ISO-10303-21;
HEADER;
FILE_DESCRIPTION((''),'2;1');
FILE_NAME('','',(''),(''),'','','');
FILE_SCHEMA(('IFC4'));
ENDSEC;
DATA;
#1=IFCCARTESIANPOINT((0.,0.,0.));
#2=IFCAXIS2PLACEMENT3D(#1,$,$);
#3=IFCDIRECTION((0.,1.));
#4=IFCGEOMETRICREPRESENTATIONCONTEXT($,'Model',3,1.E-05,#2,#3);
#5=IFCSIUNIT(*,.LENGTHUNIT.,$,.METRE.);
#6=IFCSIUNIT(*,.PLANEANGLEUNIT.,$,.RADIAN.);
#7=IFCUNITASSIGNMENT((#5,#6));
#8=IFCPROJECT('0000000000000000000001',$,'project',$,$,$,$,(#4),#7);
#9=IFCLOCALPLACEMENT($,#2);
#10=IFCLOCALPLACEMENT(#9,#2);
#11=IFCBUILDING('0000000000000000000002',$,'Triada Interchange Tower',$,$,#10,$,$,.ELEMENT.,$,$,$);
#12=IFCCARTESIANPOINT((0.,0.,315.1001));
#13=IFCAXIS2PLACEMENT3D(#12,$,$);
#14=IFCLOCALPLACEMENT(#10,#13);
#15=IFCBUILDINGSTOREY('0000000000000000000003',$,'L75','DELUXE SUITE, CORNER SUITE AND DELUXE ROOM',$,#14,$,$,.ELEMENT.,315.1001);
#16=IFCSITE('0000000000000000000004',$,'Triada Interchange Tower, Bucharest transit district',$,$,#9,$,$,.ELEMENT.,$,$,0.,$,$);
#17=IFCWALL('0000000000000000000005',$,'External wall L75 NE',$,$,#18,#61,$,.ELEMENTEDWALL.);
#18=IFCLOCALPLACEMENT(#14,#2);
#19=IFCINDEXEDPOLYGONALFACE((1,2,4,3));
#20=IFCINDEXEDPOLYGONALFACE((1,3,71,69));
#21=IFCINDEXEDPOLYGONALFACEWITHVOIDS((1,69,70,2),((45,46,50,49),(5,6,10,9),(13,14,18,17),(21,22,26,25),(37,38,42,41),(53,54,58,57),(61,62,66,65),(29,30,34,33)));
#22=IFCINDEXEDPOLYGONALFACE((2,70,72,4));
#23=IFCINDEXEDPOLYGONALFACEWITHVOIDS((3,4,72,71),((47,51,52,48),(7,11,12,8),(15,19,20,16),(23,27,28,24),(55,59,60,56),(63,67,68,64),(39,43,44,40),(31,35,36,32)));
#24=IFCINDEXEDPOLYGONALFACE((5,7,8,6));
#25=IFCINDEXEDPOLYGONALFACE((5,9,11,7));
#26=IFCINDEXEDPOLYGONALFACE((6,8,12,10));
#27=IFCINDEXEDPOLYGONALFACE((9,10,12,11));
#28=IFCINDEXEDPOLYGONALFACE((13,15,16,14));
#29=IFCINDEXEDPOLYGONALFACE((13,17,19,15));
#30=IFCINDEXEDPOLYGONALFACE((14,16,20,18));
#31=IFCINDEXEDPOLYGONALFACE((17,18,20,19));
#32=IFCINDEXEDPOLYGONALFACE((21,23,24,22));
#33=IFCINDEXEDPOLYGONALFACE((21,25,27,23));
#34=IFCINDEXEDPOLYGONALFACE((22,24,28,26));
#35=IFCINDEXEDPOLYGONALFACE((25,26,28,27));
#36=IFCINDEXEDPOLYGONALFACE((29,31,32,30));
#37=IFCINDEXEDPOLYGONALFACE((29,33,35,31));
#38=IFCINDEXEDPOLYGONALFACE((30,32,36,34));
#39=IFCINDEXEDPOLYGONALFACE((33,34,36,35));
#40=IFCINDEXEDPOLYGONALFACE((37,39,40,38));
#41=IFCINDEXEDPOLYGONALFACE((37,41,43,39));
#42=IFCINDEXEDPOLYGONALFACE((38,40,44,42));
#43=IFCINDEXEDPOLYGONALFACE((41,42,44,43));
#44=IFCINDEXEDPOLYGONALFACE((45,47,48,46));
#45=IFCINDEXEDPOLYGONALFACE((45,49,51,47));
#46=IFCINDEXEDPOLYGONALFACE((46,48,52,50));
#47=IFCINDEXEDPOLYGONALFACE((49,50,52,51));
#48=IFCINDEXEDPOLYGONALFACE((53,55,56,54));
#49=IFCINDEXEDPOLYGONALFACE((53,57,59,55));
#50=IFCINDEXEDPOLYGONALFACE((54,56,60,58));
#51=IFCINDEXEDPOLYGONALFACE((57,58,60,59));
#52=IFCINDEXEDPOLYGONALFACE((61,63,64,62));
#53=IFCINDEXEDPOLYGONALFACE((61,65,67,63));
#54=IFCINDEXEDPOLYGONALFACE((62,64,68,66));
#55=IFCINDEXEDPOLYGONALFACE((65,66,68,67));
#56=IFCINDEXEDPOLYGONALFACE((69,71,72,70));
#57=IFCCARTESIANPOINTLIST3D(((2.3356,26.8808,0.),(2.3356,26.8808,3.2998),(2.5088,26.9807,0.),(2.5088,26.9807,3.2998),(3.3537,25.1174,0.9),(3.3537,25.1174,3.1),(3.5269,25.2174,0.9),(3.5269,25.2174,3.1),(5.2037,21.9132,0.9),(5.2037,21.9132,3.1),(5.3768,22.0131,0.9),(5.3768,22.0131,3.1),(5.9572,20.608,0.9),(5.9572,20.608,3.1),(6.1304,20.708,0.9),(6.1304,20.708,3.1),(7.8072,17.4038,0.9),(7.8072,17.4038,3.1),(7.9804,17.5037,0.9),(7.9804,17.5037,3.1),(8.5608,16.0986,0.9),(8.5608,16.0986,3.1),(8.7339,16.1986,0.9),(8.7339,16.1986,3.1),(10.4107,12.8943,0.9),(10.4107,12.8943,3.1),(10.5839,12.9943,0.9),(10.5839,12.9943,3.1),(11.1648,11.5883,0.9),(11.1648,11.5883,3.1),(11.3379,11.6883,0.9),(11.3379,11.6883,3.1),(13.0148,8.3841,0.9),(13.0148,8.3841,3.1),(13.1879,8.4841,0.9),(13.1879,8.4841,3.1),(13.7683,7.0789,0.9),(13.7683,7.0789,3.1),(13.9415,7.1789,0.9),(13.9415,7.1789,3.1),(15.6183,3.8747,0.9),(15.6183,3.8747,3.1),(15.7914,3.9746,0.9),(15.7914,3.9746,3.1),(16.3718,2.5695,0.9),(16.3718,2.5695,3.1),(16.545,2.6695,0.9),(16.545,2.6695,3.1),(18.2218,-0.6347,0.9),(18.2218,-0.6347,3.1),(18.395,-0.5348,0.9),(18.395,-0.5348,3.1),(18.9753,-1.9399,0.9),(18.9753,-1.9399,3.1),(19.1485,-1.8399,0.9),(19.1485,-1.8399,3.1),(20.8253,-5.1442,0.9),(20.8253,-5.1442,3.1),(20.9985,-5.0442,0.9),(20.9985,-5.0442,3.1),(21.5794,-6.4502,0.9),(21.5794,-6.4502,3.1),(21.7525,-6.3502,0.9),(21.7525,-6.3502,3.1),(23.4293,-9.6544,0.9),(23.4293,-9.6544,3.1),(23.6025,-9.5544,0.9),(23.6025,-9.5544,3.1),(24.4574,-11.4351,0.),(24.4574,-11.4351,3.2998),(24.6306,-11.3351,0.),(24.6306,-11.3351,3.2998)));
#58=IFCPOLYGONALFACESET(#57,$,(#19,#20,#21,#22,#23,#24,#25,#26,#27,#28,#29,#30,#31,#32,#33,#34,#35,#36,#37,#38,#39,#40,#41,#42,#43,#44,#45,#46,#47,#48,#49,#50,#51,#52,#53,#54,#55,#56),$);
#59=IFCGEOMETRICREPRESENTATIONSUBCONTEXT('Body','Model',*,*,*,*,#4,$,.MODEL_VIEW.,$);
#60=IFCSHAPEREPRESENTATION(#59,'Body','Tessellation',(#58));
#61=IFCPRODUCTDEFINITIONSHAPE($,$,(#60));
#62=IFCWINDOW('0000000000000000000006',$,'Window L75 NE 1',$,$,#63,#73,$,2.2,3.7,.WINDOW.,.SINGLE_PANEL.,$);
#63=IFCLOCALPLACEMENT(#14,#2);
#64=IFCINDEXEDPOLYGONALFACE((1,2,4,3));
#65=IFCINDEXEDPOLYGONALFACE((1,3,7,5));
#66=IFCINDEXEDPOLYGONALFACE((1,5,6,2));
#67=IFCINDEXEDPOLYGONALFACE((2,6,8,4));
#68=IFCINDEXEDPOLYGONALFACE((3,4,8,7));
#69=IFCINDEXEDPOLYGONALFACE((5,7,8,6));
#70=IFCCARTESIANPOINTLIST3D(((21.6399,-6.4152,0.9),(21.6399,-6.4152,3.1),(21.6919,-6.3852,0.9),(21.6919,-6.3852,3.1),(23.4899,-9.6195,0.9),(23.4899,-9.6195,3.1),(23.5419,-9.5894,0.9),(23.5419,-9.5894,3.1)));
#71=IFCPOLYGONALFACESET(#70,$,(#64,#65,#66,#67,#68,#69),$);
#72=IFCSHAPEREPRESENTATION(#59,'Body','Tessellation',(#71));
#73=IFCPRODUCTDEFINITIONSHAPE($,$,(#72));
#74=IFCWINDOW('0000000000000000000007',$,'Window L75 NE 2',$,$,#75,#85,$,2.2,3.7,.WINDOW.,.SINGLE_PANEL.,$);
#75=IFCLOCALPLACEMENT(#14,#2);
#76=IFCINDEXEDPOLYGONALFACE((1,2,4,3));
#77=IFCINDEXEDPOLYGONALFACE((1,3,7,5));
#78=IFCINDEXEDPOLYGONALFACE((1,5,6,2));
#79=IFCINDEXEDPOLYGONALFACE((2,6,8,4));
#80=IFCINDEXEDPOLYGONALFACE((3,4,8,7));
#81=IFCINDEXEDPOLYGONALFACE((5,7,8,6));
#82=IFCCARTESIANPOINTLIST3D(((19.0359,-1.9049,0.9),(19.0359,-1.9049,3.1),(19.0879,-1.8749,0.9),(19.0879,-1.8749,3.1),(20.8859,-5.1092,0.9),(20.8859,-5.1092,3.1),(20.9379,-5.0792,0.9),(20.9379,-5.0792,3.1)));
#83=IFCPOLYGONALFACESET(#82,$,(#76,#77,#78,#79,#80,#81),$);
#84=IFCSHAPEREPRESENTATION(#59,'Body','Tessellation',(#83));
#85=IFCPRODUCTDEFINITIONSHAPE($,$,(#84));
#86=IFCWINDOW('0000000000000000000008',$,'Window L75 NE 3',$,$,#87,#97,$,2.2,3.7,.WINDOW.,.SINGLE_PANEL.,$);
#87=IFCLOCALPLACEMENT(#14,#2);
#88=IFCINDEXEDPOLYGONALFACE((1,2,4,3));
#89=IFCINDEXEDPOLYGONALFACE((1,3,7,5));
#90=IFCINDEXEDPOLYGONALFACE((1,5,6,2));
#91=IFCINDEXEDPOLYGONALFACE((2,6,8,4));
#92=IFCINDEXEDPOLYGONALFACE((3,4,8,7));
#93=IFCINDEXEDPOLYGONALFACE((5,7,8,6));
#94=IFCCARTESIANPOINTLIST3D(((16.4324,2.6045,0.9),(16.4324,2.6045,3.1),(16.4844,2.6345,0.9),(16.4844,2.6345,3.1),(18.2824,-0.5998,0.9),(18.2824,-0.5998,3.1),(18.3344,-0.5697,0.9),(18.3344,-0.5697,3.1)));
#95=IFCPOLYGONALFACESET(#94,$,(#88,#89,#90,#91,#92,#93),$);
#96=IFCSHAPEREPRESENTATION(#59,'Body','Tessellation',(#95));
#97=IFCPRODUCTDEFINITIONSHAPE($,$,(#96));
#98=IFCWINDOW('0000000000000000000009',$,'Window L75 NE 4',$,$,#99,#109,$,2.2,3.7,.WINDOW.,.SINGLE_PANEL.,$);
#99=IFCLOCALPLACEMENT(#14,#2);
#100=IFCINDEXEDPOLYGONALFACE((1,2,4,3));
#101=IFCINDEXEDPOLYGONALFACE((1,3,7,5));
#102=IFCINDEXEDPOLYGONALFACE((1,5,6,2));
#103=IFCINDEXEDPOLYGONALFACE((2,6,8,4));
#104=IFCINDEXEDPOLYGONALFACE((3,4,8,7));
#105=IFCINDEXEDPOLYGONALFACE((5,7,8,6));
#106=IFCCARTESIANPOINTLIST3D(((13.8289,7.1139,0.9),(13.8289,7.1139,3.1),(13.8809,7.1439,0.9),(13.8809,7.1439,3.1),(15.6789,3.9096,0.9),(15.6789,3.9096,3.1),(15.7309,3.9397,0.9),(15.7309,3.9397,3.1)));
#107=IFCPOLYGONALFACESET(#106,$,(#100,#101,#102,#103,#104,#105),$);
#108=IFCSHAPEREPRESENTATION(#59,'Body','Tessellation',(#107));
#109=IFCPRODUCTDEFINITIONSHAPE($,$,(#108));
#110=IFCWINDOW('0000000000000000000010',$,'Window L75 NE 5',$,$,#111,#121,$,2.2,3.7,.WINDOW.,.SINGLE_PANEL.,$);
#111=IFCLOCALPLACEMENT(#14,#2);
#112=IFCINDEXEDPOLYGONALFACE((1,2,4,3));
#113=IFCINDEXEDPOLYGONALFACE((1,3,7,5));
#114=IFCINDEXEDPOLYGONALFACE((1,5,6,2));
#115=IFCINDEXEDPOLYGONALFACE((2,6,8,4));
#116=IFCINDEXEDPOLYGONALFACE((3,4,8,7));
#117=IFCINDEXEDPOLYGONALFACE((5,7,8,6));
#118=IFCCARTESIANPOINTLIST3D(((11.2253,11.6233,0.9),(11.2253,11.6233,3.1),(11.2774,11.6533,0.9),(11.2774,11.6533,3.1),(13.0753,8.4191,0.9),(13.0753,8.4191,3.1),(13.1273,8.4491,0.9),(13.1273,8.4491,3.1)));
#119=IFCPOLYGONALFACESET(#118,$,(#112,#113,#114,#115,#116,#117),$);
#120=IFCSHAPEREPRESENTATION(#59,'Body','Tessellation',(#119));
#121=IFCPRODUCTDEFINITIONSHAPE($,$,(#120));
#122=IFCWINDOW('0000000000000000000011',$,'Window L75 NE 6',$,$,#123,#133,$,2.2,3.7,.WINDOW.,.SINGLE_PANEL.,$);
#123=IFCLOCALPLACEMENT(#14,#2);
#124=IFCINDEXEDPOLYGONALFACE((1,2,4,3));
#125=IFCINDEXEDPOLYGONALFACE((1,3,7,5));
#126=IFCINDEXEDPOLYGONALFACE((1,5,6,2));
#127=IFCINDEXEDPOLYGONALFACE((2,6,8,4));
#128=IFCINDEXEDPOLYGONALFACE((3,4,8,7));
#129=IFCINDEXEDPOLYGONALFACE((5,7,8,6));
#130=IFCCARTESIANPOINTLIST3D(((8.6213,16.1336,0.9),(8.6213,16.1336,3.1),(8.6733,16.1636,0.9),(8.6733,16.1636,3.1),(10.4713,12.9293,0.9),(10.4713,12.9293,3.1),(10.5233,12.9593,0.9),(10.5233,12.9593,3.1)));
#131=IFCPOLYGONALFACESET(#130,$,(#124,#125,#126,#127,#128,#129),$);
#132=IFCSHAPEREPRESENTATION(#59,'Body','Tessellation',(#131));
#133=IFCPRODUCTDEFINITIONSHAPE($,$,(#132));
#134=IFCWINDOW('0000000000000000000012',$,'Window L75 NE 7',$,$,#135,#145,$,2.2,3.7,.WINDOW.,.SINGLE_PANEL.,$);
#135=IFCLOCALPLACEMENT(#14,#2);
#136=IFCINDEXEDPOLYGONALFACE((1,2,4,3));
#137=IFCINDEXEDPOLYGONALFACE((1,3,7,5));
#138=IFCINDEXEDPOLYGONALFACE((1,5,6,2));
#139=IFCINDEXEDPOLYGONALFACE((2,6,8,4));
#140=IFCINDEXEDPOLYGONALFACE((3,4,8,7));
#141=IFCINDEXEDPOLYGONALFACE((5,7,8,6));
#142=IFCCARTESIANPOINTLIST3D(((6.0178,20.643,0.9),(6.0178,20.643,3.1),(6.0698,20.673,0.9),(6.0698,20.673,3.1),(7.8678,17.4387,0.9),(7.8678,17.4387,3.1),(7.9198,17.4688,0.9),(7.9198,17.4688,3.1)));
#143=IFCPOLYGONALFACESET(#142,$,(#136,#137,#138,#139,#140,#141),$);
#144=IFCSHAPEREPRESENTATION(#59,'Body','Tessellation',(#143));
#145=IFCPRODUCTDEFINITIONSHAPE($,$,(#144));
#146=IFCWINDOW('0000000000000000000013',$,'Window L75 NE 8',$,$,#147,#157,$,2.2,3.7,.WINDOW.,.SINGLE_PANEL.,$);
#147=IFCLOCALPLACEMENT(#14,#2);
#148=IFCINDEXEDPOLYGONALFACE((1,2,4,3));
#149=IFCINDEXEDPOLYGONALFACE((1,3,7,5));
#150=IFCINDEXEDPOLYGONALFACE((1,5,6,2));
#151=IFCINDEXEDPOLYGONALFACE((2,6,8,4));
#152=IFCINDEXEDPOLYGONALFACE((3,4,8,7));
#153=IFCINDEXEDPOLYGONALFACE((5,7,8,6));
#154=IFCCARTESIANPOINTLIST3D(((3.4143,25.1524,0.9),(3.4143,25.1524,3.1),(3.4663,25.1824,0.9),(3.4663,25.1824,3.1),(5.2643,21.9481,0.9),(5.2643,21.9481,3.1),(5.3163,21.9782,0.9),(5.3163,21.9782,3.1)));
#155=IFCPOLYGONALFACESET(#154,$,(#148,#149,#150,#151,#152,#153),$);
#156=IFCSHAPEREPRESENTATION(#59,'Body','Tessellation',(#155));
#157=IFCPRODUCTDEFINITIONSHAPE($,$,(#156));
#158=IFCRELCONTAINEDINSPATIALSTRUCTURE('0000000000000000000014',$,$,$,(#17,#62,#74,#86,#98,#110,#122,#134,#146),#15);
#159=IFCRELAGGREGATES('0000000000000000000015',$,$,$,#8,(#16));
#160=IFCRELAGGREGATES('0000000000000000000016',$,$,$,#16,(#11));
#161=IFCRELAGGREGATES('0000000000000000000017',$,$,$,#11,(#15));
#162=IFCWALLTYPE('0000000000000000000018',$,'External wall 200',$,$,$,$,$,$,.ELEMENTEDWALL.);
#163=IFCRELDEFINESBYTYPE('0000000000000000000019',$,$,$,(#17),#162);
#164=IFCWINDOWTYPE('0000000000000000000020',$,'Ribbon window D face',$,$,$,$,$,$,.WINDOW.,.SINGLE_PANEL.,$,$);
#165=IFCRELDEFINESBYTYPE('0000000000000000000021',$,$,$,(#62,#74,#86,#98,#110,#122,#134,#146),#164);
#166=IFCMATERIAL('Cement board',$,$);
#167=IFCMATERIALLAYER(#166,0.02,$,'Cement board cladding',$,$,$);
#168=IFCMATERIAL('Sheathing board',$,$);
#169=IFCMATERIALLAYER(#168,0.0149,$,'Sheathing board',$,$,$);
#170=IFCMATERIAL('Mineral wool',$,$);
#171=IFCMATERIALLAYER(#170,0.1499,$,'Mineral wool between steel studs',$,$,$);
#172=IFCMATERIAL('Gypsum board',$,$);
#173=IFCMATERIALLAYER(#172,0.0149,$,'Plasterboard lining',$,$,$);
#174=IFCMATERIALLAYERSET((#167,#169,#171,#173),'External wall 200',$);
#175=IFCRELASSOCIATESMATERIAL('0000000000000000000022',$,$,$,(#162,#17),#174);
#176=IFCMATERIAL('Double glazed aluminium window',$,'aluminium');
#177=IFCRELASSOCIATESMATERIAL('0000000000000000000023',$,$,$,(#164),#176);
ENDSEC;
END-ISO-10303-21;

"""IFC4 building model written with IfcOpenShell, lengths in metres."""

from ifc_helpers import new_model, si_unit, direction, frame, frame_2d, origin, place, context, subcontext, project, spatial, rectangle, extrude, material, layer, layer_set, layer_usage, type_object, element, fill, save


model = new_model("IFC4")

# Units and contexts
model_context = context("Model", 3, precision=1e-05, world=origin(), true_north=direction((0.0, 1.0)))
body_context = subcontext(model_context, "Body", "Model", "MODEL_VIEW")
ifc_project = project(units=[si_unit("LENGTHUNIT", "METRE"), si_unit("PLANEANGLEUNIT", "RADIAN")], contexts=[model_context])

# Site, building, storey
site_placement = place(None, origin())
site = spatial("IfcSite", under=ifc_project, at=site_placement, Name="Triada Interchange Tower, Bucharest transit district", CompositionType="ELEMENT", RefElevation=0.0)
building_placement = place(site_placement, origin())
building = spatial("IfcBuilding", under=site, at=building_placement, Name="Triada Interchange Tower", CompositionType="ELEMENT")
storey_placement = place(building_placement, frame((0.0, 0.0, 315.1001)))
storey = spatial("IfcBuildingStorey", under=building, at=storey_placement, Name="L75", Description="DELUXE SUITE, CORNER SUITE AND DELUXE ROOM", CompositionType="ELEMENT", Elevation=315.1001)

# Shared definitions
ifc_material_1 = material(Name="Cement board")
ifc_layer_1 = layer(ifc_material_1, 0.02, Name="Cement board cladding")
ifc_material_2 = material(Name="Sheathing board")
ifc_layer_2 = layer(ifc_material_2, 0.0149, Name="Sheathing board")
ifc_material_3 = material(Name="Mineral wool")
ifc_layer_3 = layer(ifc_material_3, 0.1499, Name="Mineral wool between steel studs")
ifc_material_4 = material(Name="Gypsum board")
ifc_layer_4 = layer(ifc_material_4, 0.0149, Name="Plasterboard lining")
ifc_layer_set_1 = layer_set([ifc_layer_1, ifc_layer_2, ifc_layer_3, ifc_layer_4], Name="External wall 200")
ifc_layer_usage = layer_usage(ifc_layer_set_1, "AXIS2", "POSITIVE", -0.1001)
wall_type = type_object("IfcWallType", Name="External wall 200", PredefinedType="ELEMENTEDWALL", material=ifc_layer_set_1)
ifc_material_5 = material(Name="Double glazed aluminium window", Category="aluminium")

# Wall, openings, windows
wall_1_placement = place(storey_placement, frame((24.5439, -11.385, 0.0), z_axis=(0.0, 0.0, 1.0), x_axis=(-0.500002, 0.866024, 0.0)))
wall_1 = element("IfcWall", 1, at=wall_1_placement, inside=storey, type_object=wall_type, material=ifc_layer_usage, Name="External wall L75 NE", PredefinedType="ELEMENTEDWALL", context=body_context, shape_type="SweptSolid", body=[
    extrude(rectangle(XDim=44.2434, YDim=0.2, at=frame_2d((22.1216, 0.0))), origin(), (0.0, 0.0, 1.0), 3.2998),
])
opening_1_placement = place(wall_1_placement, frame((2.0559, 0.0, 0.8999)))
opening_1 = element("IfcOpeningElement", 2, at=opening_1_placement, cuts=wall_1, PredefinedType="OPENING", context=body_context, shape_type="SweptSolid", body=[
    extrude(rectangle(XDim=3.7, YDim=2.2, at=frame_2d((1.8501, 1.1001))), frame((0.0, 0.1099, 0.0), z_axis=(0.0, -1.0, 0.0), x_axis=(1.0, 0.0, 0.0)), (0.0, 0.0, 1.0), 0.22),
])
opening_2_placement = place(wall_1_placement, frame((7.2639, 0.0, 0.8999)))
opening_2 = element("IfcOpeningElement", 3, at=opening_2_placement, cuts=wall_1, PredefinedType="OPENING", context=body_context, shape_type="SweptSolid", body=[
    extrude(rectangle(XDim=3.7, YDim=2.2, at=frame_2d((1.8501, 1.1001))), frame((0.0, 0.1099, 0.0), z_axis=(0.0, -1.0, 0.0), x_axis=(1.0, 0.0, 0.0)), (0.0, 0.0, 1.0), 0.22),
])
opening_3_placement = place(wall_1_placement, frame((12.4709, 0.0, 0.8999)))
opening_3 = element("IfcOpeningElement", 4, at=opening_3_placement, cuts=wall_1, PredefinedType="OPENING", context=body_context, shape_type="SweptSolid", body=[
    extrude(rectangle(XDim=3.7, YDim=2.2, at=frame_2d((1.8501, 1.1001))), frame((0.0, 0.1099, 0.0), z_axis=(0.0, -1.0, 0.0), x_axis=(1.0, 0.0, 0.0)), (0.0, 0.0, 1.0), 0.22),
])
opening_4_placement = place(wall_1_placement, frame((17.678, 0.0, 0.8999)))
opening_4 = element("IfcOpeningElement", 5, at=opening_4_placement, cuts=wall_1, PredefinedType="OPENING", context=body_context, shape_type="SweptSolid", body=[
    extrude(rectangle(XDim=3.7, YDim=2.2, at=frame_2d((1.8501, 1.1001))), frame((0.0, 0.1099, 0.0), z_axis=(0.0, -1.0, 0.0), x_axis=(1.0, 0.0, 0.0)), (0.0, 0.0, 1.0), 0.22),
])
opening_5_placement = place(wall_1_placement, frame((22.885, 0.0, 0.8999)))
opening_5 = element("IfcOpeningElement", 6, at=opening_5_placement, cuts=wall_1, PredefinedType="OPENING", context=body_context, shape_type="SweptSolid", body=[
    extrude(rectangle(XDim=3.7, YDim=2.2, at=frame_2d((1.8501, 1.1001))), frame((0.0, 0.1099, 0.0), z_axis=(0.0, -1.0, 0.0), x_axis=(1.0, 0.0, 0.0)), (0.0, 0.0, 1.0), 0.22),
])
opening_6_placement = place(wall_1_placement, frame((28.093, 0.0, 0.8999)))
opening_6 = element("IfcOpeningElement", 7, at=opening_6_placement, cuts=wall_1, PredefinedType="OPENING", context=body_context, shape_type="SweptSolid", body=[
    extrude(rectangle(XDim=3.7, YDim=2.2, at=frame_2d((1.8501, 1.1001))), frame((0.0, 0.1099, 0.0), z_axis=(0.0, -1.0, 0.0), x_axis=(1.0, 0.0, 0.0)), (0.0, 0.0, 1.0), 0.22),
])
opening_7_placement = place(wall_1_placement, frame((33.3, 0.0, 0.8999)))
opening_7 = element("IfcOpeningElement", 8, at=opening_7_placement, cuts=wall_1, PredefinedType="OPENING", context=body_context, shape_type="SweptSolid", body=[
    extrude(rectangle(XDim=3.7, YDim=2.2, at=frame_2d((1.8501, 1.1001))), frame((0.0, 0.1099, 0.0), z_axis=(0.0, -1.0, 0.0), x_axis=(1.0, 0.0, 0.0)), (0.0, 0.0, 1.0), 0.22),
])
opening_8_placement = place(wall_1_placement, frame((38.5071, 0.0, 0.8999)))
opening_8 = element("IfcOpeningElement", 9, at=opening_8_placement, cuts=wall_1, PredefinedType="OPENING", context=body_context, shape_type="SweptSolid", body=[
    extrude(rectangle(XDim=3.7, YDim=2.2, at=frame_2d((1.8501, 1.1001))), frame((0.0, 0.1099, 0.0), z_axis=(0.0, -1.0, 0.0), x_axis=(1.0, 0.0, 0.0)), (0.0, 0.0, 1.0), 0.22),
])
window_type_1 = type_object("IfcWindowType", Name="Ribbon window D face", PartitioningType="SINGLE_PANEL", PredefinedType="WINDOW", material=ifc_material_5)
window_1_placement = place(opening_1_placement, origin())
window_1 = element("IfcWindow", 10, at=window_1_placement, inside=storey, type_object=window_type_1, Name="Window L75 NE 1", OverallHeight=2.2, OverallWidth=3.7, PartitioningType="SINGLE_PANEL", PredefinedType="WINDOW", context=body_context, shape_type="SweptSolid", body=[
    extrude(rectangle(XDim=3.7, YDim=2.2, at=frame_2d((1.8501, 1.1001))), frame((0.0, 0.03, 0.0), z_axis=(0.0, -1.0, 0.0), x_axis=(1.0, 0.0, 0.0)), (0.0, 0.0, 1.0), 0.0601),
])
fill(opening_1, window_1)
window_2_placement = place(opening_2_placement, origin())
window_2 = element("IfcWindow", 11, at=window_2_placement, inside=storey, type_object=window_type_1, Name="Window L75 NE 2", OverallHeight=2.2, OverallWidth=3.7, PartitioningType="SINGLE_PANEL", PredefinedType="WINDOW", context=body_context, shape_type="SweptSolid", body=[
    extrude(rectangle(XDim=3.7, YDim=2.2, at=frame_2d((1.8501, 1.1001))), frame((0.0, 0.03, 0.0), z_axis=(0.0, -1.0, 0.0), x_axis=(1.0, 0.0, 0.0)), (0.0, 0.0, 1.0), 0.0601),
])
fill(opening_2, window_2)
window_3_placement = place(opening_3_placement, origin())
window_3 = element("IfcWindow", 12, at=window_3_placement, inside=storey, type_object=window_type_1, Name="Window L75 NE 3", OverallHeight=2.2, OverallWidth=3.7, PartitioningType="SINGLE_PANEL", PredefinedType="WINDOW", context=body_context, shape_type="SweptSolid", body=[
    extrude(rectangle(XDim=3.7, YDim=2.2, at=frame_2d((1.8501, 1.1001))), frame((0.0, 0.03, 0.0), z_axis=(0.0, -1.0, 0.0), x_axis=(1.0, 0.0, 0.0)), (0.0, 0.0, 1.0), 0.0601),
])
fill(opening_3, window_3)
window_4_placement = place(opening_4_placement, origin())
window_4 = element("IfcWindow", 13, at=window_4_placement, inside=storey, type_object=window_type_1, Name="Window L75 NE 4", OverallHeight=2.2, OverallWidth=3.7, PartitioningType="SINGLE_PANEL", PredefinedType="WINDOW", context=body_context, shape_type="SweptSolid", body=[
    extrude(rectangle(XDim=3.7, YDim=2.2, at=frame_2d((1.8501, 1.1001))), frame((0.0, 0.03, 0.0), z_axis=(0.0, -1.0, 0.0), x_axis=(1.0, 0.0, 0.0)), (0.0, 0.0, 1.0), 0.0601),
])
fill(opening_4, window_4)
window_5_placement = place(opening_5_placement, origin())
window_5 = element("IfcWindow", 14, at=window_5_placement, inside=storey, type_object=window_type_1, Name="Window L75 NE 5", OverallHeight=2.2, OverallWidth=3.7, PartitioningType="SINGLE_PANEL", PredefinedType="WINDOW", context=body_context, shape_type="SweptSolid", body=[
    extrude(rectangle(XDim=3.7, YDim=2.2, at=frame_2d((1.8501, 1.1001))), frame((0.0, 0.03, 0.0), z_axis=(0.0, -1.0, 0.0), x_axis=(1.0, 0.0, 0.0)), (0.0, 0.0, 1.0), 0.0601),
])
fill(opening_5, window_5)
window_6_placement = place(opening_6_placement, origin())
window_6 = element("IfcWindow", 15, at=window_6_placement, inside=storey, type_object=window_type_1, Name="Window L75 NE 6", OverallHeight=2.2, OverallWidth=3.7, PartitioningType="SINGLE_PANEL", PredefinedType="WINDOW", context=body_context, shape_type="SweptSolid", body=[
    extrude(rectangle(XDim=3.7, YDim=2.2, at=frame_2d((1.8501, 1.1001))), frame((0.0, 0.03, 0.0), z_axis=(0.0, -1.0, 0.0), x_axis=(1.0, 0.0, 0.0)), (0.0, 0.0, 1.0), 0.0601),
])
fill(opening_6, window_6)
window_7_placement = place(opening_7_placement, origin())
window_7 = element("IfcWindow", 16, at=window_7_placement, inside=storey, type_object=window_type_1, Name="Window L75 NE 7", OverallHeight=2.2, OverallWidth=3.7, PartitioningType="SINGLE_PANEL", PredefinedType="WINDOW", context=body_context, shape_type="SweptSolid", body=[
    extrude(rectangle(XDim=3.7, YDim=2.2, at=frame_2d((1.8501, 1.1001))), frame((0.0, 0.03, 0.0), z_axis=(0.0, -1.0, 0.0), x_axis=(1.0, 0.0, 0.0)), (0.0, 0.0, 1.0), 0.0601),
])
fill(opening_7, window_7)
window_8_placement = place(opening_8_placement, origin())
window_8 = element("IfcWindow", 17, at=window_8_placement, inside=storey, type_object=window_type_1, Name="Window L75 NE 8", OverallHeight=2.2, OverallWidth=3.7, PartitioningType="SINGLE_PANEL", PredefinedType="WINDOW", context=body_context, shape_type="SweptSolid", body=[
    extrude(rectangle(XDim=3.7, YDim=2.2, at=frame_2d((1.8501, 1.1001))), frame((0.0, 0.03, 0.0), z_axis=(0.0, -1.0, 0.0), x_axis=(1.0, 0.0, 0.0)), (0.0, 0.0, 1.0), 0.0601),
])
fill(opening_8, window_8)

save(model, "model.ifc")
